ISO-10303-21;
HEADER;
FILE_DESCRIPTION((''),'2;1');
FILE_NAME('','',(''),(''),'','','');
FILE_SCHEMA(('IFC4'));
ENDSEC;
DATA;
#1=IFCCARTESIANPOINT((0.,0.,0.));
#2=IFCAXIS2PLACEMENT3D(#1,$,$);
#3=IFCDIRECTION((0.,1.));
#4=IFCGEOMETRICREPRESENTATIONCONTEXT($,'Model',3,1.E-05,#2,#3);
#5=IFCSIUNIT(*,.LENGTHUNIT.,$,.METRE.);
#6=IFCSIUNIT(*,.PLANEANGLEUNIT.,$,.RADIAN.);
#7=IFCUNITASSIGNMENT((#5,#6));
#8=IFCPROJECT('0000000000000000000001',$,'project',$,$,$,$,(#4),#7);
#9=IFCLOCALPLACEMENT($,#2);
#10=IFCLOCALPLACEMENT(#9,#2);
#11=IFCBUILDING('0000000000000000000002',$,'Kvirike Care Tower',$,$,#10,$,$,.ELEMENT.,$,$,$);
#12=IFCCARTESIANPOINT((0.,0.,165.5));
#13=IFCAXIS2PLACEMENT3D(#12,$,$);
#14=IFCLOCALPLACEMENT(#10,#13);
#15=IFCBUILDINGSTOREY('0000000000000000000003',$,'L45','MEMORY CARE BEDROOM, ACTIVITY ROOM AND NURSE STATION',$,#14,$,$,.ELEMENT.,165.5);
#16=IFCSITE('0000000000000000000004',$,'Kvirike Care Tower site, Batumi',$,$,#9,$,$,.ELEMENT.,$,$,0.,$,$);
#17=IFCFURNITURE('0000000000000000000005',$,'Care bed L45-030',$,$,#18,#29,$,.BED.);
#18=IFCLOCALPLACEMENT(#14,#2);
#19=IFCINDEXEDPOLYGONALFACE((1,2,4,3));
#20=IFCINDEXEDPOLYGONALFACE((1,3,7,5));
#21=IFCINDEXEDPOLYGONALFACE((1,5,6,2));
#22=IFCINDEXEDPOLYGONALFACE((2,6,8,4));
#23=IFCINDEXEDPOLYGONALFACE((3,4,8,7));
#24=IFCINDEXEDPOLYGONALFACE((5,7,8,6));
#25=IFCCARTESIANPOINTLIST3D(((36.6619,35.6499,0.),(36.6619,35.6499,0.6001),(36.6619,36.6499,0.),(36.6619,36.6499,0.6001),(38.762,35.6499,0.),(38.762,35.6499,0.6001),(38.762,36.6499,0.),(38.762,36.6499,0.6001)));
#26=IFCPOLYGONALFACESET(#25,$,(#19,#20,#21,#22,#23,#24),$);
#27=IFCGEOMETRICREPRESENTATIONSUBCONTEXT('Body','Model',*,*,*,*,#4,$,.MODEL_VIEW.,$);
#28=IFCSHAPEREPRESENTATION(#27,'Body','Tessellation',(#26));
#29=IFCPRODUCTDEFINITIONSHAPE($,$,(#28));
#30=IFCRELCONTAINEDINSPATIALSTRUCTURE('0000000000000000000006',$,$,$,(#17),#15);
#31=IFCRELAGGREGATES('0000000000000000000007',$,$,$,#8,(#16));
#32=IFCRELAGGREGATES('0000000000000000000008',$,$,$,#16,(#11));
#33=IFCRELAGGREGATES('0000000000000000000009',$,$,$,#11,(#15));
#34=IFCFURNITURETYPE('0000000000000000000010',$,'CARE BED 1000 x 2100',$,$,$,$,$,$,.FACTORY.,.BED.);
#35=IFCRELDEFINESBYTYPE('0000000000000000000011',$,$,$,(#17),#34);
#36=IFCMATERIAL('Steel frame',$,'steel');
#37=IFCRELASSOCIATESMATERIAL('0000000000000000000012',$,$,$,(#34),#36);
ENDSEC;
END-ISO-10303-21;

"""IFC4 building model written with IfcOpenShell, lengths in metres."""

from ifc_helpers import new_model, si_unit, direction, frame, origin, origin_2d, place, context, subcontext, project, spatial, rectangle, extrude, material, type_object, element, save


model = new_model("IFC4")

# Units and contexts
model_context = context("Model", 3, precision=1e-05, world=origin(), true_north=direction((0.0, 1.0)))
body_context = subcontext(model_context, "Body", "Model", "MODEL_VIEW")
ifc_project = project(units=[si_unit("LENGTHUNIT", "METRE"), si_unit("PLANEANGLEUNIT", "RADIAN")], contexts=[model_context])

# Site, building, storey
site_placement = place(None, origin())
site = spatial("IfcSite", under=ifc_project, at=site_placement, Name="Kvirike Care Tower site, Batumi", CompositionType="ELEMENT", RefElevation=0.0)
building_placement = place(site_placement, origin())
building = spatial("IfcBuilding", under=site, at=building_placement, Name="Kvirike Care Tower", CompositionType="ELEMENT")
storey_placement = place(building_placement, frame((0.0, 0.0, 165.5)))
storey = spatial("IfcBuildingStorey", under=building, at=storey_placement, Name="L45", Description="MEMORY CARE BEDROOM, ACTIVITY ROOM AND NURSE STATION", CompositionType="ELEMENT", Elevation=165.5)

# Furniture
ifc_material_1 = material(Name="Steel frame", Category="steel")
furniture_type = type_object("IfcFurnitureType", Name="CARE BED 1000 x 2100", AssemblyPlace="FACTORY", PredefinedType="BED", material=ifc_material_1)
furniture_placement = place(storey_placement, frame((37.7119, 36.1499, 0.0), z_axis=(0.0, 0.0, 1.0), x_axis=(0.0, 1.0, 0.0)))
element("IfcFurniture", 1, at=furniture_placement, inside=storey, type_object=furniture_type, Name="Care bed L45-030", PredefinedType="BED", context=body_context, shape_type="SweptSolid", body=[
    extrude(rectangle(XDim=1.0, YDim=2.1001, at=origin_2d()), origin(), (0.0, 0.0, 1.0), 0.6001),
])

save(model, "model.ifc")
